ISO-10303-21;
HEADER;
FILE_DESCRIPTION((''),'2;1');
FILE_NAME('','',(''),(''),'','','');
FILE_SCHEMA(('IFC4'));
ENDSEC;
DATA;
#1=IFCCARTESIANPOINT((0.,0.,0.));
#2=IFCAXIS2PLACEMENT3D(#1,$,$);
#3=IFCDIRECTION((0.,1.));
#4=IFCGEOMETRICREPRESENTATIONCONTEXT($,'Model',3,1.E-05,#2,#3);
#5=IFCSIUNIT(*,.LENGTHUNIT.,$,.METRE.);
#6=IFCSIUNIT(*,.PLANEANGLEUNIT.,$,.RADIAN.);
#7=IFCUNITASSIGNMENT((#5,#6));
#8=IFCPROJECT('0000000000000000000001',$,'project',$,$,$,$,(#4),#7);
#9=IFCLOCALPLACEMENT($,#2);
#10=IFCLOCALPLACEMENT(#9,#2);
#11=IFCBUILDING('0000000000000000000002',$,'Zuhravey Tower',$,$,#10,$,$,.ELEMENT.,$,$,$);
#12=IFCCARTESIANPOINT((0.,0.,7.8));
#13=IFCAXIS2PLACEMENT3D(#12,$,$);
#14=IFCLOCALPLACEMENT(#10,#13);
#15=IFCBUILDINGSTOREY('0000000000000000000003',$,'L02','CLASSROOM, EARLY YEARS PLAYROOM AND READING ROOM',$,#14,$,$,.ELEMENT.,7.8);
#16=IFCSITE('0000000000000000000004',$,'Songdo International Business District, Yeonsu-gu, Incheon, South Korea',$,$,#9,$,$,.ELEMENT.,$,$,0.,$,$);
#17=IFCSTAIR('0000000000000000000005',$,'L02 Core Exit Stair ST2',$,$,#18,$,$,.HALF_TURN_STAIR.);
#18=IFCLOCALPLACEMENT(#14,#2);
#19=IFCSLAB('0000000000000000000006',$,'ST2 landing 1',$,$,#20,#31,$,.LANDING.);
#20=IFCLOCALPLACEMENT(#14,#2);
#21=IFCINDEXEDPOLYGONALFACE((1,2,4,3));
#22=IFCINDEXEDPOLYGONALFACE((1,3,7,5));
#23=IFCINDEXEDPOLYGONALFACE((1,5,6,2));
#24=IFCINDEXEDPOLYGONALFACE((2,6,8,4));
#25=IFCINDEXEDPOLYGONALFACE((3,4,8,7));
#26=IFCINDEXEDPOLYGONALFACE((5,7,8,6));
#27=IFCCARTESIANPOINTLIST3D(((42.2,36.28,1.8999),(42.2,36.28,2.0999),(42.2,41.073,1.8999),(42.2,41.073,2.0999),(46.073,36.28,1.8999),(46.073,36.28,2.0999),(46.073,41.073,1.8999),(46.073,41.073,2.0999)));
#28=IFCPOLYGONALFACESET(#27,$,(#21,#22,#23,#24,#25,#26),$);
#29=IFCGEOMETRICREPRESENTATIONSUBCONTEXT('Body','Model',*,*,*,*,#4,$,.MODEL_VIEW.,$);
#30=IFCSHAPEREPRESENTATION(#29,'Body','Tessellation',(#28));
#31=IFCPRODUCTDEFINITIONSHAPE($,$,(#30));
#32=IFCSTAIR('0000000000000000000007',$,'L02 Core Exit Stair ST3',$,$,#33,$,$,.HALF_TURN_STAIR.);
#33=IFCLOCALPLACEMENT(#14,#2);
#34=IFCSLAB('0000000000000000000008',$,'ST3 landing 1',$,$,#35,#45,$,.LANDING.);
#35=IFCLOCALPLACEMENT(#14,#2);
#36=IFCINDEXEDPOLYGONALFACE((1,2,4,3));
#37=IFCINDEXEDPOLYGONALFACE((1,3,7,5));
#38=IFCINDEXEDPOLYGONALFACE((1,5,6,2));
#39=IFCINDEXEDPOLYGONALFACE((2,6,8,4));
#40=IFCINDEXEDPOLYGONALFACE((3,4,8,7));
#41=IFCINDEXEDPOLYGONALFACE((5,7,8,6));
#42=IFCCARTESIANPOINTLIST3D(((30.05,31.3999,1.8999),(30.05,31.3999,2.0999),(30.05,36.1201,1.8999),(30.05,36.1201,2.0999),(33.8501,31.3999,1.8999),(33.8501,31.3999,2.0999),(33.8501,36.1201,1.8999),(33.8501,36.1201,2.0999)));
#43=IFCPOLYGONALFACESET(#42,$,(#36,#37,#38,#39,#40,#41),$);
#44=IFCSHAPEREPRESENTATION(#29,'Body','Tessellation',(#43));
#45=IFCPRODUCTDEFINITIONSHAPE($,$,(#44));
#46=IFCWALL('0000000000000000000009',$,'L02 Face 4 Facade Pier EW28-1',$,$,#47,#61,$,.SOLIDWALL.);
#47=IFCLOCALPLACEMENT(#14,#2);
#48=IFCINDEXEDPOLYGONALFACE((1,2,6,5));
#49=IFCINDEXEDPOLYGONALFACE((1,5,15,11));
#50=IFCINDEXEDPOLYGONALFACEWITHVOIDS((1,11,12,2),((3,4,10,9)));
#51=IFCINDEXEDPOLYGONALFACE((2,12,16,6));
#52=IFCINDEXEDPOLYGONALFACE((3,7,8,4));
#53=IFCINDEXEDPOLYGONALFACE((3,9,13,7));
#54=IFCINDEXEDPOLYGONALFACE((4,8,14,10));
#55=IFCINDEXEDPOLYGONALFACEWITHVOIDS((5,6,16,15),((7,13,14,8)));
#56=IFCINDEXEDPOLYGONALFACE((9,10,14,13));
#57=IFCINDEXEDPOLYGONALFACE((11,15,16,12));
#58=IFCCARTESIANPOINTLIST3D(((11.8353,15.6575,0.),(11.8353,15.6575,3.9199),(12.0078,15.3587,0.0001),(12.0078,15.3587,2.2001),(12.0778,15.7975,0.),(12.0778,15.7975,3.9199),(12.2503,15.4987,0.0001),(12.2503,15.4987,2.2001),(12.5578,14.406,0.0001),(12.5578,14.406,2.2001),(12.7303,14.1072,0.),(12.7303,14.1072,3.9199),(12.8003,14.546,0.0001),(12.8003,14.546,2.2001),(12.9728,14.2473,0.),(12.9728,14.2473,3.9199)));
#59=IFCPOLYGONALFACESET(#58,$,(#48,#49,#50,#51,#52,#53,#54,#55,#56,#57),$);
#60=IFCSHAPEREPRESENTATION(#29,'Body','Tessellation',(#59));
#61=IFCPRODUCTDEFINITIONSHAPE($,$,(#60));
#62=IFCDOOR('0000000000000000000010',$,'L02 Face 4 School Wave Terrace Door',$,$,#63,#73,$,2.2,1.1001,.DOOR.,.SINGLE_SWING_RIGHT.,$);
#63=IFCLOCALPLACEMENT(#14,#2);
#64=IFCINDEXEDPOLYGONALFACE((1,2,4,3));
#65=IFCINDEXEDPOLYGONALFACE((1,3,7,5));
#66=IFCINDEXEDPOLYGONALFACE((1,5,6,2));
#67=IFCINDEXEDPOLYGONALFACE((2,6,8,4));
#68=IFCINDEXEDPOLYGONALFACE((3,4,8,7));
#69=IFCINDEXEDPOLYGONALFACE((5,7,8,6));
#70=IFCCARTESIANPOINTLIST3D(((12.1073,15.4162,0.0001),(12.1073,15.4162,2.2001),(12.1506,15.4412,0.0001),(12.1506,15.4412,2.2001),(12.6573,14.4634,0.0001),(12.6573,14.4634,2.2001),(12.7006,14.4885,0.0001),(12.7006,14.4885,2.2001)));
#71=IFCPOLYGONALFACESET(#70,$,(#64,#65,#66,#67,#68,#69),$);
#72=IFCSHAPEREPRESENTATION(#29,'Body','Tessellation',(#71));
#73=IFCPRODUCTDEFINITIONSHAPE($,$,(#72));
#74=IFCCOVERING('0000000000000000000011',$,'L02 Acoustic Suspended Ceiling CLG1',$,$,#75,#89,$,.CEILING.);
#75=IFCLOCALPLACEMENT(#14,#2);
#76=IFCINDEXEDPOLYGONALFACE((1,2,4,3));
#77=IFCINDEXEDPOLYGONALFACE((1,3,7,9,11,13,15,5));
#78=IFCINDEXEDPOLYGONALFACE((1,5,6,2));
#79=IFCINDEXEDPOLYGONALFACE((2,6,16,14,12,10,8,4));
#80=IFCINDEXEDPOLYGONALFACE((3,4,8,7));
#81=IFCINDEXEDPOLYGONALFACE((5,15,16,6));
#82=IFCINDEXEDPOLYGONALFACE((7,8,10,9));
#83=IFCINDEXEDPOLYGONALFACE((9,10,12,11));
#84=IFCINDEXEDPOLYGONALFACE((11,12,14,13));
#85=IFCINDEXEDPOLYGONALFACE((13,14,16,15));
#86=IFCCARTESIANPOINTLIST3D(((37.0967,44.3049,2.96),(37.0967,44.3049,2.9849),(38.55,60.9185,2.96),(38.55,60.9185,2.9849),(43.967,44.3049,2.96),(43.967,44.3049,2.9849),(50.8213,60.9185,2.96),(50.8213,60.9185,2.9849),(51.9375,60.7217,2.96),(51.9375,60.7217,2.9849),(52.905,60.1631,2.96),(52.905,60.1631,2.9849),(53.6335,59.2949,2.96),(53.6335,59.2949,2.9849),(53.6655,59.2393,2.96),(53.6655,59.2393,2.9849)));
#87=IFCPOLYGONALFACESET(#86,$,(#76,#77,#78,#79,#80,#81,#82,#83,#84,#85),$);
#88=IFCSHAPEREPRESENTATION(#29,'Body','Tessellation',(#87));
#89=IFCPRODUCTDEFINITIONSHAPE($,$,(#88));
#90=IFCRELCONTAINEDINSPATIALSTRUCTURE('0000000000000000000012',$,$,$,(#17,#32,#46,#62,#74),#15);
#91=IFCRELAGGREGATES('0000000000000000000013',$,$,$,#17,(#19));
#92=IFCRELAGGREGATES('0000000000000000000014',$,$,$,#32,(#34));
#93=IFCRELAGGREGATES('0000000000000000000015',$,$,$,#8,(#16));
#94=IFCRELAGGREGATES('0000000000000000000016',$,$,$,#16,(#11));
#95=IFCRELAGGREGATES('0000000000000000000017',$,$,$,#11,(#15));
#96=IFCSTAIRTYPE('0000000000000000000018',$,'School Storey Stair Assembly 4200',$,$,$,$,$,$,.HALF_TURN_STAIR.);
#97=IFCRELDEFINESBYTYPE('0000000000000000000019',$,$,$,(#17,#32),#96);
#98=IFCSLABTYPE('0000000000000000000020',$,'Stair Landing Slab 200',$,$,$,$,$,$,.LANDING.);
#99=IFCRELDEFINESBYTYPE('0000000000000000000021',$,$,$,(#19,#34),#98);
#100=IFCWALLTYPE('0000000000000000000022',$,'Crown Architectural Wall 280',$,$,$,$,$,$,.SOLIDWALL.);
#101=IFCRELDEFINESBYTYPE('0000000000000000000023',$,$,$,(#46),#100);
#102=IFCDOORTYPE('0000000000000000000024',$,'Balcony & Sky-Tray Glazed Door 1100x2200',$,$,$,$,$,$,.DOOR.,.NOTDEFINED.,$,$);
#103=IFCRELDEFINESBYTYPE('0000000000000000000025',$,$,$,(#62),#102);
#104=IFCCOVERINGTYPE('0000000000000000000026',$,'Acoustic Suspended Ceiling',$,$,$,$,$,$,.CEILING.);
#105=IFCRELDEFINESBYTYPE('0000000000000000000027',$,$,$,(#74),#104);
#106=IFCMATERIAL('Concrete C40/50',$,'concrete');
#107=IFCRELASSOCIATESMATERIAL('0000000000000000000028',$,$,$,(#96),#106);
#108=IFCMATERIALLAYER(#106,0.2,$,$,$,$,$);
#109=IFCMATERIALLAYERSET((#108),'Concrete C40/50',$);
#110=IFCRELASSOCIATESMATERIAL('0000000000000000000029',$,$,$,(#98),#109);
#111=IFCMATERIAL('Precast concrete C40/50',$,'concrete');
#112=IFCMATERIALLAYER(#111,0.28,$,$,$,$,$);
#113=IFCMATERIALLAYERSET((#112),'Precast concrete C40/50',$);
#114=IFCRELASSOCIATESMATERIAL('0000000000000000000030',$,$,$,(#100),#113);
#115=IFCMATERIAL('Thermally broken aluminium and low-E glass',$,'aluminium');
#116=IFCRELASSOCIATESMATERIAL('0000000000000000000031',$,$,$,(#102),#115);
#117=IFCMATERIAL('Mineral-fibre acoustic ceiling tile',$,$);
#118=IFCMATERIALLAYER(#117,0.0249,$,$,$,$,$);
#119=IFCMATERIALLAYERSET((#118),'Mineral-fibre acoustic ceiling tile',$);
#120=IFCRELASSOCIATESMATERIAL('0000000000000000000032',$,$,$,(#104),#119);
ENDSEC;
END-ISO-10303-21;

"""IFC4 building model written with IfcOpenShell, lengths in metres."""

from ifc_helpers import new_model, si_unit, direction, frame, frame_2d, origin, place, context, subcontext, project, spatial, polyline, rectangle, outline, extrude, material, layer, layer_set, type_object, element, fill, aggregate, save


model = new_model("IFC4")

# Units and contexts
model_context = context("Model", 3, precision=1e-05, world=origin(), true_north=direction((0.0, 1.0)))
body_context = subcontext(model_context, "Body", "Model", "MODEL_VIEW")
ifc_project = project(units=[si_unit("LENGTHUNIT", "METRE"), si_unit("PLANEANGLEUNIT", "RADIAN")], contexts=[model_context])

# Site, building, storey
site_placement = place(None, origin())
site = spatial("IfcSite", under=ifc_project, at=site_placement, Name="Songdo International Business District, Yeonsu-gu, Incheon, South Korea", CompositionType="ELEMENT", RefElevation=0.0)
building_placement = place(site_placement, origin())
building = spatial("IfcBuilding", under=site, at=building_placement, Name="Zuhravey Tower", CompositionType="ELEMENT")
storey_placement = place(building_placement, frame((0.0, 0.0, 7.8)))
storey = spatial("IfcBuildingStorey", under=building, at=storey_placement, Name="L02", Description="CLASSROOM, EARLY YEARS PLAYROOM AND READING ROOM", CompositionType="ELEMENT", Elevation=7.8)

# Shared definitions
ifc_material_1 = material(Name="Precast concrete C40/50", Category="concrete")

# Stairs, slabs
ifc_material_2 = material(Name="Concrete C40/50", Category="concrete")
stair_type = type_object("IfcStairType", Name="School Storey Stair Assembly 4200", PredefinedType="HALF_TURN_STAIR", material=ifc_material_2)
ifc_layer_1 = layer(ifc_material_2, 0.2)
ifc_layer_set_1 = layer_set([ifc_layer_1], Name="Concrete C40/50")
slab_type_1 = type_object("IfcSlabType", Name="Stair Landing Slab 200", PredefinedType="LANDING", material=ifc_layer_set_1)
stair_1_placement = place(storey_placement, origin())
stair_1 = element("IfcStair", 1, at=stair_1_placement, inside=storey, type_object=stair_type, Name="L02 Core Exit Stair ST2", PredefinedType="HALF_TURN_STAIR")
slab_1_placement = place(storey_placement, frame((0.0, 0.0, 1.8999)))
slab_1 = element("IfcSlab", 2, at=slab_1_placement, type_object=slab_type_1, Name="ST2 landing 1", PredefinedType="LANDING", context=body_context, shape_type="SweptSolid", body=[
    extrude(outline(polyline([(46.073, 36.28), (46.073, 41.073), (42.2, 41.073), (42.2, 36.28), (46.073, 36.28)])), origin(), (0.0, 0.0, 1.0), 0.2),
])
aggregate(stair_1, [slab_1])
stair_2_placement = place(storey_placement, origin())
stair_2 = element("IfcStair", 3, at=stair_2_placement, inside=storey, type_object=stair_type, Name="L02 Core Exit Stair ST3", PredefinedType="HALF_TURN_STAIR")
slab_2_placement = place(storey_placement, frame((0.0, 0.0, 1.8999)))
slab_2 = element("IfcSlab", 4, at=slab_2_placement, type_object=slab_type_1, Name="ST3 landing 1", PredefinedType="LANDING", context=body_context, shape_type="SweptSolid", body=[
    extrude(outline(polyline([(30.05, 36.1201), (30.05, 31.3999), (33.8501, 31.3999), (33.8501, 36.1201), (30.05, 36.1201)])), origin(), (0.0, 0.0, 1.0), 0.2),
])
aggregate(stair_2, [slab_2])

# Wall, opening, door
ifc_layer_2 = layer(ifc_material_1, 0.28)
ifc_layer_set_2 = layer_set([ifc_layer_2], Name="Precast concrete C40/50")
wall_type = type_object("IfcWallType", Name="Crown Architectural Wall 280", PredefinedType="SOLIDWALL", material=ifc_layer_set_2)
wall_placement = place(storey_placement, frame((12.8516, 14.1772, 0.0), z_axis=(0.0, 0.0, 1.0), x_axis=(-0.499982, 0.866036, 0.0)))
wall = element("IfcWall", 5, at=wall_placement, inside=storey, type_object=wall_type, Name="L02 Face 4 Facade Pier EW28-1", PredefinedType="SOLIDWALL", context=body_context, shape_type="SweptSolid", body=[
    extrude(rectangle(XDim=1.79, YDim=0.28, at=frame_2d((0.895, 0.0))), origin(), (0.0, 0.0, 1.0), 3.9199),
])
opening_placement = place(wall_placement, frame((0.345, 0.0, 0.0)))
opening = element("IfcOpeningElement", 6, at=opening_placement, cuts=wall, PredefinedType="OPENING", context=body_context, shape_type="SweptSolid", body=[
    extrude(rectangle(XDim=1.1001, YDim=2.2, at=frame_2d((0.55, 1.1001))), frame((0.0, 0.1521, 0.0), z_axis=(0.0, -1.0, 0.0), x_axis=(1.0, 0.0, 0.0)), (0.0, 0.0, 1.0), 0.304),
])
ifc_material_3 = material(Name="Thermally broken aluminium and low-E glass", Category="aluminium")
door_type = type_object("IfcDoorType", Name="Balcony & Sky-Tray Glazed Door 1100x2200", OperationType="NOTDEFINED", PredefinedType="DOOR", material=ifc_material_3)
door_placement = place(opening_placement, frame((1.1001, 0.0, 0.0), z_axis=(0.0, 0.0, 1.0), x_axis=(-1.0, 0.0, 0.0)))
door = element("IfcDoor", 7, at=door_placement, inside=storey, type_object=door_type, Name="L02 Face 4 School Wave Terrace Door", OperationType="SINGLE_SWING_RIGHT", OverallHeight=2.2, OverallWidth=1.1001, PredefinedType="DOOR", context=body_context, shape_type="SweptSolid", body=[
    extrude(rectangle(XDim=1.1001, YDim=2.2, at=frame_2d((0.55, 1.1001))), frame((0.0, 0.0249, 0.0), z_axis=(0.0, -1.0, 0.0), x_axis=(1.0, 0.0, 0.0)), (0.0, 0.0, 1.0), 0.05),
])
fill(opening, door)

# Covering
ifc_material_4 = material(Name="Mineral-fibre acoustic ceiling tile")
ifc_layer_3 = layer(ifc_material_4, 0.0249)
ifc_layer_set_3 = layer_set([ifc_layer_3], Name="Mineral-fibre acoustic ceiling tile")
covering_type_1 = type_object("IfcCoveringType", Name="Acoustic Suspended Ceiling", PredefinedType="CEILING", material=ifc_layer_set_3)
covering_1_placement = place(storey_placement, frame((0.0, 0.0, 2.96)))
element("IfcCovering", 8, at=covering_1_placement, inside=storey, type_object=covering_type_1, Name="L02 Acoustic Suspended Ceiling CLG1", PredefinedType="CEILING", context=body_context, shape_type="SweptSolid", body=[
    extrude(outline(polyline([(52.905, 60.1631), (53.6335, 59.2949), (53.6655, 59.2393), (43.967, 44.3049), (37.0967, 44.3049), (38.55, 60.9185), (50.8213, 60.9185), (51.9375, 60.7217), (52.905, 60.1631)])), origin(), (0.0, 0.0, 1.0), 0.0249),
])

save(model, "model.ifc")
